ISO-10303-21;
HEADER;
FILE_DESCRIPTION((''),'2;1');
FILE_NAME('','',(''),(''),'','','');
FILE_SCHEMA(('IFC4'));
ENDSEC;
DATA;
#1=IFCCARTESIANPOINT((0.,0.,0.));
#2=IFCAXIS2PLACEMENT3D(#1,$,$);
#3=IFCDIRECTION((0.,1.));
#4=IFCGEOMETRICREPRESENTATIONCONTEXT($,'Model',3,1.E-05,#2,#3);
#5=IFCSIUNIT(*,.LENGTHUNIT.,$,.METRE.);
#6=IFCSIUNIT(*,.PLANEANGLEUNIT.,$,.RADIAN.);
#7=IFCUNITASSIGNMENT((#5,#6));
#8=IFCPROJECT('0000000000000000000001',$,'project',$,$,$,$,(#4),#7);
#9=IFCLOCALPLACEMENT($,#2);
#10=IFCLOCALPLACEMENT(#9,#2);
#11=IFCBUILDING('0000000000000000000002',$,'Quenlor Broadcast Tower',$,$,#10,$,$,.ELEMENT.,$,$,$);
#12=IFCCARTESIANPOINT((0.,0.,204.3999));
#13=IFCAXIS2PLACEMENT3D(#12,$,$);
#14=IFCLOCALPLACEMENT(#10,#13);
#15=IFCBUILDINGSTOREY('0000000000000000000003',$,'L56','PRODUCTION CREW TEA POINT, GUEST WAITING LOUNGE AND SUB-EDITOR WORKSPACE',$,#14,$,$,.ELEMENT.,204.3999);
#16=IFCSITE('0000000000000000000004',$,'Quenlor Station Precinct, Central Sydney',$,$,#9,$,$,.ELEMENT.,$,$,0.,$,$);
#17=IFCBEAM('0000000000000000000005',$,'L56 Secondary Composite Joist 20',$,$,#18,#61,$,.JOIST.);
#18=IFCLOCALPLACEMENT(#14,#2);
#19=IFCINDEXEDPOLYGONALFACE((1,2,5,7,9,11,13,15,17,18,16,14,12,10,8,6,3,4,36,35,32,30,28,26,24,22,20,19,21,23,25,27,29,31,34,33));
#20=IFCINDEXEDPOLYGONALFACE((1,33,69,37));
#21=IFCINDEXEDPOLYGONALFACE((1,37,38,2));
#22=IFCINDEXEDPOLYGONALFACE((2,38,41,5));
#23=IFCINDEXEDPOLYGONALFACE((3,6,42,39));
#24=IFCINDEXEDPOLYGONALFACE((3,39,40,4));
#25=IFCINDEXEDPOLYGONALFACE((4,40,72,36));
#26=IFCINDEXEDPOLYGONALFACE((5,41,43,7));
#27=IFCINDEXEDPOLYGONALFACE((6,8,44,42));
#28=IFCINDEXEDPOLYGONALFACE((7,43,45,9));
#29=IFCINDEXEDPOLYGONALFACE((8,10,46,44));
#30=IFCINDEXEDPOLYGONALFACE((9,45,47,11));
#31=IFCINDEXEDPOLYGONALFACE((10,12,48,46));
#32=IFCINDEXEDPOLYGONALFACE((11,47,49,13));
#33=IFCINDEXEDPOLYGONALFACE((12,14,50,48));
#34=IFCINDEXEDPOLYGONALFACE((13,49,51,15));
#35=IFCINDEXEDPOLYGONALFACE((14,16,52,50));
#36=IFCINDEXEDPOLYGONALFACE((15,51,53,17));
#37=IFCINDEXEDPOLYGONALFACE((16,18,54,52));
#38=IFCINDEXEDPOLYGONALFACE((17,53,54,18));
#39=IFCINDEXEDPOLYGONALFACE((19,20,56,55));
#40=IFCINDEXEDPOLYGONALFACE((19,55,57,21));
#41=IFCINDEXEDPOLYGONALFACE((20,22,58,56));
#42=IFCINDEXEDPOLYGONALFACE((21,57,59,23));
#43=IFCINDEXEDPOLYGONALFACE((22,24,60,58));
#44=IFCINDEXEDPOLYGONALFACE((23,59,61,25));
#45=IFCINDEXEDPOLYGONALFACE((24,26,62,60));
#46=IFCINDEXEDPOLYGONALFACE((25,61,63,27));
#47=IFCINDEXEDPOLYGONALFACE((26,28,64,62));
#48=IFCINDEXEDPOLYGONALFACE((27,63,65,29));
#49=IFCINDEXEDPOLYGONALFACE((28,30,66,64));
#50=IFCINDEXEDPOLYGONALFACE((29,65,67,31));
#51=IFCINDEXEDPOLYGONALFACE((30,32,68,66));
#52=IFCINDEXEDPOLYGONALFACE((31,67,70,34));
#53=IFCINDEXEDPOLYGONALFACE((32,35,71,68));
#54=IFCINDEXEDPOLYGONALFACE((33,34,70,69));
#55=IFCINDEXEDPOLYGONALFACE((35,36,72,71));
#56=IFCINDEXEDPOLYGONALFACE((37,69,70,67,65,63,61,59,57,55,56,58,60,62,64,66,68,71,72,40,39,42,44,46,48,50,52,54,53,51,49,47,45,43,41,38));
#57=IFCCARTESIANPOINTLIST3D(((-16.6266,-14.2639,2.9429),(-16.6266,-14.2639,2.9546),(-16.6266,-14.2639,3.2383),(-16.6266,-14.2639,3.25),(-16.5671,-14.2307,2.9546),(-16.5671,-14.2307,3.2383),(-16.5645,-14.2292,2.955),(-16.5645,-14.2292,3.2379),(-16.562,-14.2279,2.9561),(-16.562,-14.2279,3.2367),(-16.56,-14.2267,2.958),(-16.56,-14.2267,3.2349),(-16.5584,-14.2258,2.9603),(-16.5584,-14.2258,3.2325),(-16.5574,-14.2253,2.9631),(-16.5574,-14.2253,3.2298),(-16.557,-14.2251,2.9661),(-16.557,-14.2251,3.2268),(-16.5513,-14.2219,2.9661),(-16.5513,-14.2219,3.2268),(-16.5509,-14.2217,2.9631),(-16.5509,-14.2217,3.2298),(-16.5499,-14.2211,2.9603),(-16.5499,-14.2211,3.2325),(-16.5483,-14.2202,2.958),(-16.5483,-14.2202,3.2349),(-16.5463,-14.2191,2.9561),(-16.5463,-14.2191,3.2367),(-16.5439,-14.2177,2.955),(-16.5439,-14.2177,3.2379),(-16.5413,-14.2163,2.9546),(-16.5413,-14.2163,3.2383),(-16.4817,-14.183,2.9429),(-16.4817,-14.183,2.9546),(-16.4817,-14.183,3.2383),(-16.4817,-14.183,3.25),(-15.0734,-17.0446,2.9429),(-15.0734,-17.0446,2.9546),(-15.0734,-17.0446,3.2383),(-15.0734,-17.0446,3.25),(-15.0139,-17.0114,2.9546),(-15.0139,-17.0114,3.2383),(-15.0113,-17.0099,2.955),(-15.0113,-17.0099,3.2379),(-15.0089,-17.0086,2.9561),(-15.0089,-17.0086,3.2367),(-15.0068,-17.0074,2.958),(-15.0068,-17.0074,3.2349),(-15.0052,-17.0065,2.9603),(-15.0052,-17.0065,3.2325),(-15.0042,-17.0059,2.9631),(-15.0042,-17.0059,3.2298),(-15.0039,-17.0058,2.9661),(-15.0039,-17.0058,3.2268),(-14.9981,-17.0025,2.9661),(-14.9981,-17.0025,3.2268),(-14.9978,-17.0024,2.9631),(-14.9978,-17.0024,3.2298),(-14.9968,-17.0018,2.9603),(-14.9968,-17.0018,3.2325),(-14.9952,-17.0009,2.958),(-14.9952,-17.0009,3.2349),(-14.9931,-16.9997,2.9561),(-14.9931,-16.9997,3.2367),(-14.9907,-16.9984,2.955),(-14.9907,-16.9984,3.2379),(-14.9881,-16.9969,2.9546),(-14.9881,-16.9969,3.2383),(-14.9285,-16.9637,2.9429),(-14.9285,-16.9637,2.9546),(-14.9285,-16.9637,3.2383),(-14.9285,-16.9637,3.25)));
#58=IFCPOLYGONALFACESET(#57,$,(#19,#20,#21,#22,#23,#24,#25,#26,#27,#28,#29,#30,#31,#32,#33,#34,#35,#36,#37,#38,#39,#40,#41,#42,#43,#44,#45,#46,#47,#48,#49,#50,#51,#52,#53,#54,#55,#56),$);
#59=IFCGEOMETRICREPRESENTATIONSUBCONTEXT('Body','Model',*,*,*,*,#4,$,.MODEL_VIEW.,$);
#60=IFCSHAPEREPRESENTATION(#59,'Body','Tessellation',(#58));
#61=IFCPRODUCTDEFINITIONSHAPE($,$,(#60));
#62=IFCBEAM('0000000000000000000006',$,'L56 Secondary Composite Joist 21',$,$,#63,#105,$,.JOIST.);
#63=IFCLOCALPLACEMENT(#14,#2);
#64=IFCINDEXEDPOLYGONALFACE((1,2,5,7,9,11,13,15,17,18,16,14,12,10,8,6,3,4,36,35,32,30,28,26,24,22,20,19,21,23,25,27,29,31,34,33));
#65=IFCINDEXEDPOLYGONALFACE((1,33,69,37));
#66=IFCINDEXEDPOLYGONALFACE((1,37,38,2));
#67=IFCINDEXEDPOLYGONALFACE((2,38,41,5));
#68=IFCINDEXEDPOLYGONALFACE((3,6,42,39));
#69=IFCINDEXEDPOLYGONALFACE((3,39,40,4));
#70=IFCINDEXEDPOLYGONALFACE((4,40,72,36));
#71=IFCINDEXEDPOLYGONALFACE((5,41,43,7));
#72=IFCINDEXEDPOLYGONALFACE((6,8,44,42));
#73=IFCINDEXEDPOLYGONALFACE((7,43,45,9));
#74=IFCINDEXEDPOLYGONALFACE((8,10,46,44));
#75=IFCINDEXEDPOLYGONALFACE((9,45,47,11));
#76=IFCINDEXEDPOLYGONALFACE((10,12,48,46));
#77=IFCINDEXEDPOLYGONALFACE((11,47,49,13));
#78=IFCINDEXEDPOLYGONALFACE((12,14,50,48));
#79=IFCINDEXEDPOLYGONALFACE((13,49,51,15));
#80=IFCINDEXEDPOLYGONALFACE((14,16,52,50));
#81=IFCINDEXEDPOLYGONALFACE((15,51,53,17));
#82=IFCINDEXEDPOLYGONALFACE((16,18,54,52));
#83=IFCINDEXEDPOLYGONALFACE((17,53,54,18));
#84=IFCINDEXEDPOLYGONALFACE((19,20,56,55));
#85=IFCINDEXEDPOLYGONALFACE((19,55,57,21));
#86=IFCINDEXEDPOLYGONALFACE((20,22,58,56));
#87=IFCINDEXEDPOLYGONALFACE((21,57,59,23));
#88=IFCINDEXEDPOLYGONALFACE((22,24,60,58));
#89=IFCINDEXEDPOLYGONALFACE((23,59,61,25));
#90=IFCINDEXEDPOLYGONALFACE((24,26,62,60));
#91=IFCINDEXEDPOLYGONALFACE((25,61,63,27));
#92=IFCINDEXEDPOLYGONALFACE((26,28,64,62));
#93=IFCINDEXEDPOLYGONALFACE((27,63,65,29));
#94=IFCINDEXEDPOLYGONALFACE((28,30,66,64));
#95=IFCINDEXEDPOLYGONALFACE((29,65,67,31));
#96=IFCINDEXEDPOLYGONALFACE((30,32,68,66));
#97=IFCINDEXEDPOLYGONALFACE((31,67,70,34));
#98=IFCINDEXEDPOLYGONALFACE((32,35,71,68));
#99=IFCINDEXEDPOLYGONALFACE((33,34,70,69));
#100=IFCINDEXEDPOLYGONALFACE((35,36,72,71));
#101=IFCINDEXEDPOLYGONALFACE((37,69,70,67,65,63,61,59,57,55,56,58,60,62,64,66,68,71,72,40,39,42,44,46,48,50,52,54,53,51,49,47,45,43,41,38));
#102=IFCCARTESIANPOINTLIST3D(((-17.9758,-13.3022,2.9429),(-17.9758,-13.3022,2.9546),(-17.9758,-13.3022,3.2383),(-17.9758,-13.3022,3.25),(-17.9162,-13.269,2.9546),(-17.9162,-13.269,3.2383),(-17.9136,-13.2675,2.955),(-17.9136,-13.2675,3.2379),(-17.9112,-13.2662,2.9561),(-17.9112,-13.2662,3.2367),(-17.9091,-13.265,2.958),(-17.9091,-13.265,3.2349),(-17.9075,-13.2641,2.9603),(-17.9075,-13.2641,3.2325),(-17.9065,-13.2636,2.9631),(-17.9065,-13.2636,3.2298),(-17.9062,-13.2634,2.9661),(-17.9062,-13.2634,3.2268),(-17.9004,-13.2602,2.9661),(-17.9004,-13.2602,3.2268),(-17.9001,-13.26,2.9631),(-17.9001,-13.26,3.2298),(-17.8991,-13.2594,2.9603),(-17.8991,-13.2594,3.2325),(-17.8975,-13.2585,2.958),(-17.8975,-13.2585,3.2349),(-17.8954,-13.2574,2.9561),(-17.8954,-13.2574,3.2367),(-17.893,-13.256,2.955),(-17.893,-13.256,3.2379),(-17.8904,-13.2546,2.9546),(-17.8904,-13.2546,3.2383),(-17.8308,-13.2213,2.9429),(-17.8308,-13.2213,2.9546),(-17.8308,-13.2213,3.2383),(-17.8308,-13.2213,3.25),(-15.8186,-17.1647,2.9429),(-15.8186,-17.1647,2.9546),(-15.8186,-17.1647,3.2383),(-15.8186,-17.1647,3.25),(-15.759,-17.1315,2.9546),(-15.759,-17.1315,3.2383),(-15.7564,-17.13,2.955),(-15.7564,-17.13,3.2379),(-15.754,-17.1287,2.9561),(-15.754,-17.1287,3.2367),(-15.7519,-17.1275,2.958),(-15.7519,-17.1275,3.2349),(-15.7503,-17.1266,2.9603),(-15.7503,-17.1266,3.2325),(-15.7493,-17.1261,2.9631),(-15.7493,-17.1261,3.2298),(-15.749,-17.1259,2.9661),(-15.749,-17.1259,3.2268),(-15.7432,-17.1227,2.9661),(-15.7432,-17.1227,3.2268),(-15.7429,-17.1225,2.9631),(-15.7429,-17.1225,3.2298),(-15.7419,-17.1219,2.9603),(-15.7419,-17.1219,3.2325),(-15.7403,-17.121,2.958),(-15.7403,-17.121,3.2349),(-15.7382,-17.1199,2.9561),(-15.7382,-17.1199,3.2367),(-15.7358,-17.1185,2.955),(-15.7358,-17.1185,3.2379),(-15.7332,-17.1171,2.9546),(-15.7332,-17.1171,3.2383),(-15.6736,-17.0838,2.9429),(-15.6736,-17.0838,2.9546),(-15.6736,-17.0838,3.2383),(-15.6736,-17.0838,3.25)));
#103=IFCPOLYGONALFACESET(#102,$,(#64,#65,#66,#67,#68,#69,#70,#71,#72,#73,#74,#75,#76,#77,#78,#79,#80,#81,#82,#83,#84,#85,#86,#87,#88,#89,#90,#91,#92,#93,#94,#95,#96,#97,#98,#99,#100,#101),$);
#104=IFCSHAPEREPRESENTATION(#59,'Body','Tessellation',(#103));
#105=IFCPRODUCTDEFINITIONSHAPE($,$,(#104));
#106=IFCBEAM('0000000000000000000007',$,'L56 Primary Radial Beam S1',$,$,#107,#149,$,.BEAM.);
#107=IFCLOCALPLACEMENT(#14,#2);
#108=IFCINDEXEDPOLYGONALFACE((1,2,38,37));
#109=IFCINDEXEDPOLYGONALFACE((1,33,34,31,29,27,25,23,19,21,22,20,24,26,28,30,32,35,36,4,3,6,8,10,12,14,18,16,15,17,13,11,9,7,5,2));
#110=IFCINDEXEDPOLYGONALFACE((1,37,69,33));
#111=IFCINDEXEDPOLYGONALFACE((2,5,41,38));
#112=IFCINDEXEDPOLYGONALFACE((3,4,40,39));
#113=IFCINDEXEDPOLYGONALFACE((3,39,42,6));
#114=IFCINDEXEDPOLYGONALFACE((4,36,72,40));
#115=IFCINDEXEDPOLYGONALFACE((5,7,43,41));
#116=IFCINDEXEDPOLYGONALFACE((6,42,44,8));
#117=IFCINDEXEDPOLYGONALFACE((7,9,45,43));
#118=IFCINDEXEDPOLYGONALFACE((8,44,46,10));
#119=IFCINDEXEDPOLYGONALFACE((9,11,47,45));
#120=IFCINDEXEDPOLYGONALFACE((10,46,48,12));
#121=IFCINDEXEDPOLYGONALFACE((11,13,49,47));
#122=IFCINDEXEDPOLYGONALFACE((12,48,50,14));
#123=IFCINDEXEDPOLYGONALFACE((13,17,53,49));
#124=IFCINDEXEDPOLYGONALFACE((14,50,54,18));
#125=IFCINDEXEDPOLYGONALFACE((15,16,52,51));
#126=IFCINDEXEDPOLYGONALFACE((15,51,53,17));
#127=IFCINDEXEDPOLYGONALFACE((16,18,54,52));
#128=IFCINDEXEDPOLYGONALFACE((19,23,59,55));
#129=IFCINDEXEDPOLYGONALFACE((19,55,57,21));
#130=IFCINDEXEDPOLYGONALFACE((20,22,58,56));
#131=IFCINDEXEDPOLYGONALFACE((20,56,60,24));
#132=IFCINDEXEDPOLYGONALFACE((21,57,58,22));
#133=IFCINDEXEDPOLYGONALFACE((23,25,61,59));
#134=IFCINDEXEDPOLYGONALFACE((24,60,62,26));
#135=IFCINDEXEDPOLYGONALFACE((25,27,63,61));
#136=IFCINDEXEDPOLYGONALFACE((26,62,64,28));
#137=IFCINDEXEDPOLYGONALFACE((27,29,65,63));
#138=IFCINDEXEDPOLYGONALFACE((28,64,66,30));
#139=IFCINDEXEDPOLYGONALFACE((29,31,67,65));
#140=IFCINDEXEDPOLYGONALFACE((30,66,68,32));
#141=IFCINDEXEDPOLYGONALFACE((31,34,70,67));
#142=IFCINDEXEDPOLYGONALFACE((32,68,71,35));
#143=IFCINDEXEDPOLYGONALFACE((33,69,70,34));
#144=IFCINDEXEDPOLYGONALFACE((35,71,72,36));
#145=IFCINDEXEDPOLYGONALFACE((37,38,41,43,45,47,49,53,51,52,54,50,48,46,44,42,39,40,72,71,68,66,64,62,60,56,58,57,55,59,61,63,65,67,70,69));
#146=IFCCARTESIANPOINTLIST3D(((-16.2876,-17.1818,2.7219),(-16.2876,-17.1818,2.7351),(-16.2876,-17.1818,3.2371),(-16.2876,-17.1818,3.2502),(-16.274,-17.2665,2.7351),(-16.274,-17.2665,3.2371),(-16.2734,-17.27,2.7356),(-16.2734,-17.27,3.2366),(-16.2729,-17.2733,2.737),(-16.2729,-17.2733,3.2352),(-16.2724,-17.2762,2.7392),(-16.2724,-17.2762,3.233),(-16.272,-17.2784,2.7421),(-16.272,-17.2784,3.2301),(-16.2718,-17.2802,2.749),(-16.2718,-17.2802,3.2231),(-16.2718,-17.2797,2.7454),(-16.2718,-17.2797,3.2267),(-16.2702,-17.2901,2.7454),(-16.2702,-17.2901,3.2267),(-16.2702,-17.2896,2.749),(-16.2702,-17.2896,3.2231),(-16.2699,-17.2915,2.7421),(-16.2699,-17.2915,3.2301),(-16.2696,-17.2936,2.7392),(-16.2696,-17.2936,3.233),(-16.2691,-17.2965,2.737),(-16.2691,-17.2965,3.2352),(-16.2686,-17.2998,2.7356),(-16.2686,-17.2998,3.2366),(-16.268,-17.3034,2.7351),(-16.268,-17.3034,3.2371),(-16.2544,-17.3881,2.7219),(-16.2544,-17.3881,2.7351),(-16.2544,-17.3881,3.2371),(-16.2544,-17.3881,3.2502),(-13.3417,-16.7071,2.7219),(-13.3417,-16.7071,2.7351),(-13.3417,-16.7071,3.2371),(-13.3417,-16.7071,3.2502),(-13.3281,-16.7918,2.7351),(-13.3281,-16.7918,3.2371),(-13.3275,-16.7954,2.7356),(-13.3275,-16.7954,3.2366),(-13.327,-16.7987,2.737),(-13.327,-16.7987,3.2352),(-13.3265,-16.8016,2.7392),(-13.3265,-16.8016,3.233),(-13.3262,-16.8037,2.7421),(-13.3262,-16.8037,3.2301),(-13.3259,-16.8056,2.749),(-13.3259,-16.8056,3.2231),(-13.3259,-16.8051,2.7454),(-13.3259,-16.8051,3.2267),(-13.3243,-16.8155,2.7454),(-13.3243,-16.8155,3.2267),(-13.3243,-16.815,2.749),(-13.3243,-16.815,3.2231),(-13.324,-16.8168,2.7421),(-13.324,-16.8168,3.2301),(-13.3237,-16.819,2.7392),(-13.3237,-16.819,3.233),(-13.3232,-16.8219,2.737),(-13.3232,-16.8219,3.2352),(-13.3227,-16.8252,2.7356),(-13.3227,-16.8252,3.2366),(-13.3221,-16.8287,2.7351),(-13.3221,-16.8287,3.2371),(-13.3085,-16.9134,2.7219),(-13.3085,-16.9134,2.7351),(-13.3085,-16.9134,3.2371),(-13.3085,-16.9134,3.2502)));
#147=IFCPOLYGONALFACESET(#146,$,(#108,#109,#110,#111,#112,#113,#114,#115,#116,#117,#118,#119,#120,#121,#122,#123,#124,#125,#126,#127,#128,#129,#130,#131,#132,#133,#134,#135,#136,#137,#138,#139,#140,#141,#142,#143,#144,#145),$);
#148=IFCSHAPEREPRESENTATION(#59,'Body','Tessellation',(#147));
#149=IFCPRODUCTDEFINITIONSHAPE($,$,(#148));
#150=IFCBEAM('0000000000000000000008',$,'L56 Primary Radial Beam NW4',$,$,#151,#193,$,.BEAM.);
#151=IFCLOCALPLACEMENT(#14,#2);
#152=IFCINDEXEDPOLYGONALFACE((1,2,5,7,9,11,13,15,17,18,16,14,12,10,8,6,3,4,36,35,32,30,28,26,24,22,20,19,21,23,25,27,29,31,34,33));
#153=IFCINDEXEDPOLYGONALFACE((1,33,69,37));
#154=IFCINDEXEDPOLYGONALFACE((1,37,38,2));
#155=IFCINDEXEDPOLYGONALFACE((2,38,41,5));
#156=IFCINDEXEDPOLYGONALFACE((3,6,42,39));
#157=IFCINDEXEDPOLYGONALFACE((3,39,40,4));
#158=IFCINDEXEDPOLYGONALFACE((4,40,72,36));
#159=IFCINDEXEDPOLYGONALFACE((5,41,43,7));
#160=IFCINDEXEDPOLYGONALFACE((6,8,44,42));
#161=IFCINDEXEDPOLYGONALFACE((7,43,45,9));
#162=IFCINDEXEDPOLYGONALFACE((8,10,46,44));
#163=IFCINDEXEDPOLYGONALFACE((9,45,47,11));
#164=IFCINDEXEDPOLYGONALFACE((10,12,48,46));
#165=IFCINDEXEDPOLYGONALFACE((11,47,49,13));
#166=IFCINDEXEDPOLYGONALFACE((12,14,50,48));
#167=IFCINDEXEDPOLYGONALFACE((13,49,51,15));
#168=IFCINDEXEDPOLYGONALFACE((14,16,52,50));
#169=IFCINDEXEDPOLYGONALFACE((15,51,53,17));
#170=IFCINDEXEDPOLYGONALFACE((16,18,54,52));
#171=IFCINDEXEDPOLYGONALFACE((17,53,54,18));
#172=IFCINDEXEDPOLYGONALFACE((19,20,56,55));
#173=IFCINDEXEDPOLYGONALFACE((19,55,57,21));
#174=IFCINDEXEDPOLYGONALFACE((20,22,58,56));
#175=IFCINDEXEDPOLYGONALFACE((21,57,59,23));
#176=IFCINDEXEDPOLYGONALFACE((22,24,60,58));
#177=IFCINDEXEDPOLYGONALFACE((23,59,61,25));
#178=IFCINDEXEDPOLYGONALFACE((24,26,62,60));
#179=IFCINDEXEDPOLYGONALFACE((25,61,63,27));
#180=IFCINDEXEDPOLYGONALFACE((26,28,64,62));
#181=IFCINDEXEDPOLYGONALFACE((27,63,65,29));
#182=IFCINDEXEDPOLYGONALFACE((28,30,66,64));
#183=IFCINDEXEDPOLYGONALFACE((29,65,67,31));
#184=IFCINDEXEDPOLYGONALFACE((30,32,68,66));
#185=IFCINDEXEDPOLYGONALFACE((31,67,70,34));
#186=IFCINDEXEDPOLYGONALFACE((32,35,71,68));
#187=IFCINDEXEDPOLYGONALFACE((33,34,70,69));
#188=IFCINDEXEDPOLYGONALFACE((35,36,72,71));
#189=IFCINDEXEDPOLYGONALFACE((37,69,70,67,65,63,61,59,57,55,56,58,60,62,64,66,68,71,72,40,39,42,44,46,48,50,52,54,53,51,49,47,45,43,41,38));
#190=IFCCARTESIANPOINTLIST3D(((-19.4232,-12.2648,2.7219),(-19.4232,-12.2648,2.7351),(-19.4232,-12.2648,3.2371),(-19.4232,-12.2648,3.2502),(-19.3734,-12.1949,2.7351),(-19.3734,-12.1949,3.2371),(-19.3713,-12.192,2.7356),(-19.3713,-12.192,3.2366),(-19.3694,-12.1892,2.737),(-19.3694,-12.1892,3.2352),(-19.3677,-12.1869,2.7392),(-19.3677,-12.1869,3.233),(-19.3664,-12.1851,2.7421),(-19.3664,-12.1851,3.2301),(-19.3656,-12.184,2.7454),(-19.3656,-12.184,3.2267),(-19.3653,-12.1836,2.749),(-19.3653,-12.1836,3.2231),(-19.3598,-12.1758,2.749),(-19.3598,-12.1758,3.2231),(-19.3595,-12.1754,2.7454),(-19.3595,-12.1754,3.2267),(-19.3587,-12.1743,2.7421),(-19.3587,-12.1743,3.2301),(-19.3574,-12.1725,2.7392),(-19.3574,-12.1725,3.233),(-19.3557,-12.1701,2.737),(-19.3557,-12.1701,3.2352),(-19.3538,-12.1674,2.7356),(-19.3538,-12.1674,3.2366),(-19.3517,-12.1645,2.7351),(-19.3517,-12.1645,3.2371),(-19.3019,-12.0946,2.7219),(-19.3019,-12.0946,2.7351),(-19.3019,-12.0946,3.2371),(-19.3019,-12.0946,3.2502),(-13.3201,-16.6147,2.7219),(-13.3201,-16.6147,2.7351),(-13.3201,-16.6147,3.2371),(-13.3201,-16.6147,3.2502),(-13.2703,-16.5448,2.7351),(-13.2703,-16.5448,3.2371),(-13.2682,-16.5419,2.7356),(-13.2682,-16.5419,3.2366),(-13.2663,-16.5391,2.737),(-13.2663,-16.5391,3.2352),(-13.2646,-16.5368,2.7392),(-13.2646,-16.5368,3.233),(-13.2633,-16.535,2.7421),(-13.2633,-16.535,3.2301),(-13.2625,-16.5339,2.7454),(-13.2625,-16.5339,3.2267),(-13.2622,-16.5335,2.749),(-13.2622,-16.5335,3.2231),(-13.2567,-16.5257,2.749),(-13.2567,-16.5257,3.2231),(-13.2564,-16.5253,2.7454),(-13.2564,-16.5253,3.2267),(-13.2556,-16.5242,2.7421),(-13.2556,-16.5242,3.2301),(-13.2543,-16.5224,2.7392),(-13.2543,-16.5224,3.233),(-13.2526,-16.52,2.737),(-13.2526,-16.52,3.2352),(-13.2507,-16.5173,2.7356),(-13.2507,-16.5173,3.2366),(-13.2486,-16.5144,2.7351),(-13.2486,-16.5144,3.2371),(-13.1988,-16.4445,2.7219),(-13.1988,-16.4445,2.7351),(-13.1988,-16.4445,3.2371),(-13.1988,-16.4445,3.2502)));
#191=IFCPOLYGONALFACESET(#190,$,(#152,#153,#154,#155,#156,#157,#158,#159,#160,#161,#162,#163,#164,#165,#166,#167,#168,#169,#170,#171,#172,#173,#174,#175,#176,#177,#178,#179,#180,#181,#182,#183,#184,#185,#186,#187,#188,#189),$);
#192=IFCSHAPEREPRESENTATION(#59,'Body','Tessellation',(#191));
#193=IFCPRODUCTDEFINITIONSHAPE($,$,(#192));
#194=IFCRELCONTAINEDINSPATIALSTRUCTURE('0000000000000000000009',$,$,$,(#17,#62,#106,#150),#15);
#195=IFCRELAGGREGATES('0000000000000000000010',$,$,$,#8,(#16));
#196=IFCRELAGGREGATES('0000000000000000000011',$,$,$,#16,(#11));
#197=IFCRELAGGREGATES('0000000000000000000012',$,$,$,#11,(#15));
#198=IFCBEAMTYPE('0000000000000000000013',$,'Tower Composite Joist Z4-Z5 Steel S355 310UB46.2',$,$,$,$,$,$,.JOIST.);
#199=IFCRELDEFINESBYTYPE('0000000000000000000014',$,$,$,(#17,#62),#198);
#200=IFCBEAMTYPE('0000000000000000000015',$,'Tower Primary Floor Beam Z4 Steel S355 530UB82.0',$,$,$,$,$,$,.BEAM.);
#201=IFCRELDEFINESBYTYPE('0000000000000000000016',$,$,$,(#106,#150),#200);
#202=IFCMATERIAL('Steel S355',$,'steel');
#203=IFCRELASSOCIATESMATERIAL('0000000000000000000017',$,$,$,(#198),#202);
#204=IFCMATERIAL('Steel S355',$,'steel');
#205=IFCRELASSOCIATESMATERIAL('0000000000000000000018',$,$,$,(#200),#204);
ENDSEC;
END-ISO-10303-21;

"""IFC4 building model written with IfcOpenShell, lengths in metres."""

from ifc_helpers import new_model, si_unit, direction, frame, origin, origin_2d, place, context, subcontext, project, spatial, i_section, extrude, material, material_profile, profile_set, type_object, element, save


model = new_model("IFC4")

# Units and contexts
model_context = context("Model", 3, precision=1e-05, world=origin(), true_north=direction((0.0, 1.0)))
body_context = subcontext(model_context, "Body", "Model", "MODEL_VIEW")
ifc_project = project(units=[si_unit("LENGTHUNIT", "METRE"), si_unit("PLANEANGLEUNIT", "RADIAN")], contexts=[model_context])

# Site, building, storey
site_placement = place(None, origin())
site = spatial("IfcSite", under=ifc_project, at=site_placement, Name="Quenlor Station Precinct, Central Sydney", CompositionType="ELEMENT", RefElevation=0.0)
building_placement = place(site_placement, origin())
building = spatial("IfcBuilding", under=site, at=building_placement, Name="Quenlor Broadcast Tower", CompositionType="ELEMENT")
storey_placement = place(building_placement, frame((0.0, 0.0, 204.3999)))
storey = spatial("IfcBuildingStorey", under=building, at=storey_placement, Name="L56", Description="PRODUCTION CREW TEA POINT, GUEST WAITING LOUNGE AND SUB-EDITOR WORKSPACE", CompositionType="ELEMENT", Elevation=204.3999)

# Beams
ifc_material_1 = material(Name="Steel S355", Category="steel")
ifc_material_profile_1 = material_profile(ifc_material_1, i_section(OverallWidth=0.166, OverallDepth=0.3071, WebThickness=0.0066, FlangeThickness=0.0117, FilletRadius=0.0115, at=origin_2d()))
ifc_profile_set_1 = profile_set([ifc_material_profile_1], Name="Steel S355 310UB46.2")
beam_type_1 = type_object("IfcBeamType", Name="Tower Composite Joist Z4-Z5 Steel S355 310UB46.2", PredefinedType="JOIST", material=ifc_profile_set_1)
beam_1_placement = place(storey_placement, frame((-15.001, -17.0042, 3.0964), z_axis=(-0.487646, 0.873041, 0.0), x_axis=(-0.873041, -0.487646, 0.0)))
element("IfcBeam", 1, at=beam_1_placement, inside=storey, type_object=beam_type_1, Name="L56 Secondary Composite Joist 20", PredefinedType="JOIST", context=body_context, shape_type="SweptSolid", body=[
    extrude(i_section(OverallWidth=0.166, OverallDepth=0.3071, WebThickness=0.0066, FlangeThickness=0.0117, FilletRadius=0.0115, at=origin_2d()), origin(), (0.0, 0.0, 1.0), 3.1851),
])
beam_2_placement = place(storey_placement, frame((-15.7461, -17.1243, 3.0964), z_axis=(-0.487605, 0.873064, 0.0), x_axis=(-0.873064, -0.487605, 0.0)))
element("IfcBeam", 2, at=beam_2_placement, inside=storey, type_object=beam_type_1, Name="L56 Secondary Composite Joist 21", PredefinedType="JOIST", context=body_context, shape_type="SweptSolid", body=[
    extrude(i_section(OverallWidth=0.166, OverallDepth=0.3071, WebThickness=0.0066, FlangeThickness=0.0117, FilletRadius=0.0115, at=origin_2d()), origin(), (0.0, 0.0, 1.0), 4.4241),
])
ifc_material_2 = material(Name="Steel S355", Category="steel")
ifc_material_profile_2 = material_profile(ifc_material_2, i_section(OverallWidth=0.209, OverallDepth=0.5283, WebThickness=0.0095, FlangeThickness=0.0132, FilletRadius=0.0139, at=origin_2d()))
ifc_profile_set_2 = profile_set([ifc_material_profile_2], Name="Steel S355 530UB82.0")
beam_type_2 = type_object("IfcBeamType", Name="Tower Primary Floor Beam Z4 Steel S355 530UB82.0", PredefinedType="BEAM", material=ifc_profile_set_2)
beam_3_placement = place(storey_placement, frame((-16.271, -17.2849, 2.9861), z_axis=(0.987268, 0.159063, 0.0), x_axis=(-0.159063, 0.987268, 0.0)))
element("IfcBeam", 3, at=beam_3_placement, inside=storey, type_object=beam_type_2, Name="L56 Primary Radial Beam S1", PredefinedType="BEAM", context=body_context, shape_type="SweptSolid", body=[
    extrude(i_section(OverallWidth=0.209, OverallDepth=0.5283, WebThickness=0.0095, FlangeThickness=0.0132, FilletRadius=0.0139, at=origin_2d()), origin(), (0.0, 0.0, 1.0), 2.9839),
])
beam_4_placement = place(storey_placement, frame((-19.3625, -12.1797, 2.9861), z_axis=(0.81433, -0.580403, 0.0), x_axis=(0.580403, 0.81433, 0.0)))
element("IfcBeam", 4, at=beam_4_placement, inside=storey, type_object=beam_type_2, Name="L56 Primary Radial Beam NW4", PredefinedType="BEAM", context=body_context, shape_type="SweptSolid", body=[
    extrude(i_section(OverallWidth=0.209, OverallDepth=0.5283, WebThickness=0.0095, FlangeThickness=0.0132, FilletRadius=0.0139, at=origin_2d()), origin(), (0.0, 0.0, 1.0), 7.4946),
])

save(model, "model.ifc")
